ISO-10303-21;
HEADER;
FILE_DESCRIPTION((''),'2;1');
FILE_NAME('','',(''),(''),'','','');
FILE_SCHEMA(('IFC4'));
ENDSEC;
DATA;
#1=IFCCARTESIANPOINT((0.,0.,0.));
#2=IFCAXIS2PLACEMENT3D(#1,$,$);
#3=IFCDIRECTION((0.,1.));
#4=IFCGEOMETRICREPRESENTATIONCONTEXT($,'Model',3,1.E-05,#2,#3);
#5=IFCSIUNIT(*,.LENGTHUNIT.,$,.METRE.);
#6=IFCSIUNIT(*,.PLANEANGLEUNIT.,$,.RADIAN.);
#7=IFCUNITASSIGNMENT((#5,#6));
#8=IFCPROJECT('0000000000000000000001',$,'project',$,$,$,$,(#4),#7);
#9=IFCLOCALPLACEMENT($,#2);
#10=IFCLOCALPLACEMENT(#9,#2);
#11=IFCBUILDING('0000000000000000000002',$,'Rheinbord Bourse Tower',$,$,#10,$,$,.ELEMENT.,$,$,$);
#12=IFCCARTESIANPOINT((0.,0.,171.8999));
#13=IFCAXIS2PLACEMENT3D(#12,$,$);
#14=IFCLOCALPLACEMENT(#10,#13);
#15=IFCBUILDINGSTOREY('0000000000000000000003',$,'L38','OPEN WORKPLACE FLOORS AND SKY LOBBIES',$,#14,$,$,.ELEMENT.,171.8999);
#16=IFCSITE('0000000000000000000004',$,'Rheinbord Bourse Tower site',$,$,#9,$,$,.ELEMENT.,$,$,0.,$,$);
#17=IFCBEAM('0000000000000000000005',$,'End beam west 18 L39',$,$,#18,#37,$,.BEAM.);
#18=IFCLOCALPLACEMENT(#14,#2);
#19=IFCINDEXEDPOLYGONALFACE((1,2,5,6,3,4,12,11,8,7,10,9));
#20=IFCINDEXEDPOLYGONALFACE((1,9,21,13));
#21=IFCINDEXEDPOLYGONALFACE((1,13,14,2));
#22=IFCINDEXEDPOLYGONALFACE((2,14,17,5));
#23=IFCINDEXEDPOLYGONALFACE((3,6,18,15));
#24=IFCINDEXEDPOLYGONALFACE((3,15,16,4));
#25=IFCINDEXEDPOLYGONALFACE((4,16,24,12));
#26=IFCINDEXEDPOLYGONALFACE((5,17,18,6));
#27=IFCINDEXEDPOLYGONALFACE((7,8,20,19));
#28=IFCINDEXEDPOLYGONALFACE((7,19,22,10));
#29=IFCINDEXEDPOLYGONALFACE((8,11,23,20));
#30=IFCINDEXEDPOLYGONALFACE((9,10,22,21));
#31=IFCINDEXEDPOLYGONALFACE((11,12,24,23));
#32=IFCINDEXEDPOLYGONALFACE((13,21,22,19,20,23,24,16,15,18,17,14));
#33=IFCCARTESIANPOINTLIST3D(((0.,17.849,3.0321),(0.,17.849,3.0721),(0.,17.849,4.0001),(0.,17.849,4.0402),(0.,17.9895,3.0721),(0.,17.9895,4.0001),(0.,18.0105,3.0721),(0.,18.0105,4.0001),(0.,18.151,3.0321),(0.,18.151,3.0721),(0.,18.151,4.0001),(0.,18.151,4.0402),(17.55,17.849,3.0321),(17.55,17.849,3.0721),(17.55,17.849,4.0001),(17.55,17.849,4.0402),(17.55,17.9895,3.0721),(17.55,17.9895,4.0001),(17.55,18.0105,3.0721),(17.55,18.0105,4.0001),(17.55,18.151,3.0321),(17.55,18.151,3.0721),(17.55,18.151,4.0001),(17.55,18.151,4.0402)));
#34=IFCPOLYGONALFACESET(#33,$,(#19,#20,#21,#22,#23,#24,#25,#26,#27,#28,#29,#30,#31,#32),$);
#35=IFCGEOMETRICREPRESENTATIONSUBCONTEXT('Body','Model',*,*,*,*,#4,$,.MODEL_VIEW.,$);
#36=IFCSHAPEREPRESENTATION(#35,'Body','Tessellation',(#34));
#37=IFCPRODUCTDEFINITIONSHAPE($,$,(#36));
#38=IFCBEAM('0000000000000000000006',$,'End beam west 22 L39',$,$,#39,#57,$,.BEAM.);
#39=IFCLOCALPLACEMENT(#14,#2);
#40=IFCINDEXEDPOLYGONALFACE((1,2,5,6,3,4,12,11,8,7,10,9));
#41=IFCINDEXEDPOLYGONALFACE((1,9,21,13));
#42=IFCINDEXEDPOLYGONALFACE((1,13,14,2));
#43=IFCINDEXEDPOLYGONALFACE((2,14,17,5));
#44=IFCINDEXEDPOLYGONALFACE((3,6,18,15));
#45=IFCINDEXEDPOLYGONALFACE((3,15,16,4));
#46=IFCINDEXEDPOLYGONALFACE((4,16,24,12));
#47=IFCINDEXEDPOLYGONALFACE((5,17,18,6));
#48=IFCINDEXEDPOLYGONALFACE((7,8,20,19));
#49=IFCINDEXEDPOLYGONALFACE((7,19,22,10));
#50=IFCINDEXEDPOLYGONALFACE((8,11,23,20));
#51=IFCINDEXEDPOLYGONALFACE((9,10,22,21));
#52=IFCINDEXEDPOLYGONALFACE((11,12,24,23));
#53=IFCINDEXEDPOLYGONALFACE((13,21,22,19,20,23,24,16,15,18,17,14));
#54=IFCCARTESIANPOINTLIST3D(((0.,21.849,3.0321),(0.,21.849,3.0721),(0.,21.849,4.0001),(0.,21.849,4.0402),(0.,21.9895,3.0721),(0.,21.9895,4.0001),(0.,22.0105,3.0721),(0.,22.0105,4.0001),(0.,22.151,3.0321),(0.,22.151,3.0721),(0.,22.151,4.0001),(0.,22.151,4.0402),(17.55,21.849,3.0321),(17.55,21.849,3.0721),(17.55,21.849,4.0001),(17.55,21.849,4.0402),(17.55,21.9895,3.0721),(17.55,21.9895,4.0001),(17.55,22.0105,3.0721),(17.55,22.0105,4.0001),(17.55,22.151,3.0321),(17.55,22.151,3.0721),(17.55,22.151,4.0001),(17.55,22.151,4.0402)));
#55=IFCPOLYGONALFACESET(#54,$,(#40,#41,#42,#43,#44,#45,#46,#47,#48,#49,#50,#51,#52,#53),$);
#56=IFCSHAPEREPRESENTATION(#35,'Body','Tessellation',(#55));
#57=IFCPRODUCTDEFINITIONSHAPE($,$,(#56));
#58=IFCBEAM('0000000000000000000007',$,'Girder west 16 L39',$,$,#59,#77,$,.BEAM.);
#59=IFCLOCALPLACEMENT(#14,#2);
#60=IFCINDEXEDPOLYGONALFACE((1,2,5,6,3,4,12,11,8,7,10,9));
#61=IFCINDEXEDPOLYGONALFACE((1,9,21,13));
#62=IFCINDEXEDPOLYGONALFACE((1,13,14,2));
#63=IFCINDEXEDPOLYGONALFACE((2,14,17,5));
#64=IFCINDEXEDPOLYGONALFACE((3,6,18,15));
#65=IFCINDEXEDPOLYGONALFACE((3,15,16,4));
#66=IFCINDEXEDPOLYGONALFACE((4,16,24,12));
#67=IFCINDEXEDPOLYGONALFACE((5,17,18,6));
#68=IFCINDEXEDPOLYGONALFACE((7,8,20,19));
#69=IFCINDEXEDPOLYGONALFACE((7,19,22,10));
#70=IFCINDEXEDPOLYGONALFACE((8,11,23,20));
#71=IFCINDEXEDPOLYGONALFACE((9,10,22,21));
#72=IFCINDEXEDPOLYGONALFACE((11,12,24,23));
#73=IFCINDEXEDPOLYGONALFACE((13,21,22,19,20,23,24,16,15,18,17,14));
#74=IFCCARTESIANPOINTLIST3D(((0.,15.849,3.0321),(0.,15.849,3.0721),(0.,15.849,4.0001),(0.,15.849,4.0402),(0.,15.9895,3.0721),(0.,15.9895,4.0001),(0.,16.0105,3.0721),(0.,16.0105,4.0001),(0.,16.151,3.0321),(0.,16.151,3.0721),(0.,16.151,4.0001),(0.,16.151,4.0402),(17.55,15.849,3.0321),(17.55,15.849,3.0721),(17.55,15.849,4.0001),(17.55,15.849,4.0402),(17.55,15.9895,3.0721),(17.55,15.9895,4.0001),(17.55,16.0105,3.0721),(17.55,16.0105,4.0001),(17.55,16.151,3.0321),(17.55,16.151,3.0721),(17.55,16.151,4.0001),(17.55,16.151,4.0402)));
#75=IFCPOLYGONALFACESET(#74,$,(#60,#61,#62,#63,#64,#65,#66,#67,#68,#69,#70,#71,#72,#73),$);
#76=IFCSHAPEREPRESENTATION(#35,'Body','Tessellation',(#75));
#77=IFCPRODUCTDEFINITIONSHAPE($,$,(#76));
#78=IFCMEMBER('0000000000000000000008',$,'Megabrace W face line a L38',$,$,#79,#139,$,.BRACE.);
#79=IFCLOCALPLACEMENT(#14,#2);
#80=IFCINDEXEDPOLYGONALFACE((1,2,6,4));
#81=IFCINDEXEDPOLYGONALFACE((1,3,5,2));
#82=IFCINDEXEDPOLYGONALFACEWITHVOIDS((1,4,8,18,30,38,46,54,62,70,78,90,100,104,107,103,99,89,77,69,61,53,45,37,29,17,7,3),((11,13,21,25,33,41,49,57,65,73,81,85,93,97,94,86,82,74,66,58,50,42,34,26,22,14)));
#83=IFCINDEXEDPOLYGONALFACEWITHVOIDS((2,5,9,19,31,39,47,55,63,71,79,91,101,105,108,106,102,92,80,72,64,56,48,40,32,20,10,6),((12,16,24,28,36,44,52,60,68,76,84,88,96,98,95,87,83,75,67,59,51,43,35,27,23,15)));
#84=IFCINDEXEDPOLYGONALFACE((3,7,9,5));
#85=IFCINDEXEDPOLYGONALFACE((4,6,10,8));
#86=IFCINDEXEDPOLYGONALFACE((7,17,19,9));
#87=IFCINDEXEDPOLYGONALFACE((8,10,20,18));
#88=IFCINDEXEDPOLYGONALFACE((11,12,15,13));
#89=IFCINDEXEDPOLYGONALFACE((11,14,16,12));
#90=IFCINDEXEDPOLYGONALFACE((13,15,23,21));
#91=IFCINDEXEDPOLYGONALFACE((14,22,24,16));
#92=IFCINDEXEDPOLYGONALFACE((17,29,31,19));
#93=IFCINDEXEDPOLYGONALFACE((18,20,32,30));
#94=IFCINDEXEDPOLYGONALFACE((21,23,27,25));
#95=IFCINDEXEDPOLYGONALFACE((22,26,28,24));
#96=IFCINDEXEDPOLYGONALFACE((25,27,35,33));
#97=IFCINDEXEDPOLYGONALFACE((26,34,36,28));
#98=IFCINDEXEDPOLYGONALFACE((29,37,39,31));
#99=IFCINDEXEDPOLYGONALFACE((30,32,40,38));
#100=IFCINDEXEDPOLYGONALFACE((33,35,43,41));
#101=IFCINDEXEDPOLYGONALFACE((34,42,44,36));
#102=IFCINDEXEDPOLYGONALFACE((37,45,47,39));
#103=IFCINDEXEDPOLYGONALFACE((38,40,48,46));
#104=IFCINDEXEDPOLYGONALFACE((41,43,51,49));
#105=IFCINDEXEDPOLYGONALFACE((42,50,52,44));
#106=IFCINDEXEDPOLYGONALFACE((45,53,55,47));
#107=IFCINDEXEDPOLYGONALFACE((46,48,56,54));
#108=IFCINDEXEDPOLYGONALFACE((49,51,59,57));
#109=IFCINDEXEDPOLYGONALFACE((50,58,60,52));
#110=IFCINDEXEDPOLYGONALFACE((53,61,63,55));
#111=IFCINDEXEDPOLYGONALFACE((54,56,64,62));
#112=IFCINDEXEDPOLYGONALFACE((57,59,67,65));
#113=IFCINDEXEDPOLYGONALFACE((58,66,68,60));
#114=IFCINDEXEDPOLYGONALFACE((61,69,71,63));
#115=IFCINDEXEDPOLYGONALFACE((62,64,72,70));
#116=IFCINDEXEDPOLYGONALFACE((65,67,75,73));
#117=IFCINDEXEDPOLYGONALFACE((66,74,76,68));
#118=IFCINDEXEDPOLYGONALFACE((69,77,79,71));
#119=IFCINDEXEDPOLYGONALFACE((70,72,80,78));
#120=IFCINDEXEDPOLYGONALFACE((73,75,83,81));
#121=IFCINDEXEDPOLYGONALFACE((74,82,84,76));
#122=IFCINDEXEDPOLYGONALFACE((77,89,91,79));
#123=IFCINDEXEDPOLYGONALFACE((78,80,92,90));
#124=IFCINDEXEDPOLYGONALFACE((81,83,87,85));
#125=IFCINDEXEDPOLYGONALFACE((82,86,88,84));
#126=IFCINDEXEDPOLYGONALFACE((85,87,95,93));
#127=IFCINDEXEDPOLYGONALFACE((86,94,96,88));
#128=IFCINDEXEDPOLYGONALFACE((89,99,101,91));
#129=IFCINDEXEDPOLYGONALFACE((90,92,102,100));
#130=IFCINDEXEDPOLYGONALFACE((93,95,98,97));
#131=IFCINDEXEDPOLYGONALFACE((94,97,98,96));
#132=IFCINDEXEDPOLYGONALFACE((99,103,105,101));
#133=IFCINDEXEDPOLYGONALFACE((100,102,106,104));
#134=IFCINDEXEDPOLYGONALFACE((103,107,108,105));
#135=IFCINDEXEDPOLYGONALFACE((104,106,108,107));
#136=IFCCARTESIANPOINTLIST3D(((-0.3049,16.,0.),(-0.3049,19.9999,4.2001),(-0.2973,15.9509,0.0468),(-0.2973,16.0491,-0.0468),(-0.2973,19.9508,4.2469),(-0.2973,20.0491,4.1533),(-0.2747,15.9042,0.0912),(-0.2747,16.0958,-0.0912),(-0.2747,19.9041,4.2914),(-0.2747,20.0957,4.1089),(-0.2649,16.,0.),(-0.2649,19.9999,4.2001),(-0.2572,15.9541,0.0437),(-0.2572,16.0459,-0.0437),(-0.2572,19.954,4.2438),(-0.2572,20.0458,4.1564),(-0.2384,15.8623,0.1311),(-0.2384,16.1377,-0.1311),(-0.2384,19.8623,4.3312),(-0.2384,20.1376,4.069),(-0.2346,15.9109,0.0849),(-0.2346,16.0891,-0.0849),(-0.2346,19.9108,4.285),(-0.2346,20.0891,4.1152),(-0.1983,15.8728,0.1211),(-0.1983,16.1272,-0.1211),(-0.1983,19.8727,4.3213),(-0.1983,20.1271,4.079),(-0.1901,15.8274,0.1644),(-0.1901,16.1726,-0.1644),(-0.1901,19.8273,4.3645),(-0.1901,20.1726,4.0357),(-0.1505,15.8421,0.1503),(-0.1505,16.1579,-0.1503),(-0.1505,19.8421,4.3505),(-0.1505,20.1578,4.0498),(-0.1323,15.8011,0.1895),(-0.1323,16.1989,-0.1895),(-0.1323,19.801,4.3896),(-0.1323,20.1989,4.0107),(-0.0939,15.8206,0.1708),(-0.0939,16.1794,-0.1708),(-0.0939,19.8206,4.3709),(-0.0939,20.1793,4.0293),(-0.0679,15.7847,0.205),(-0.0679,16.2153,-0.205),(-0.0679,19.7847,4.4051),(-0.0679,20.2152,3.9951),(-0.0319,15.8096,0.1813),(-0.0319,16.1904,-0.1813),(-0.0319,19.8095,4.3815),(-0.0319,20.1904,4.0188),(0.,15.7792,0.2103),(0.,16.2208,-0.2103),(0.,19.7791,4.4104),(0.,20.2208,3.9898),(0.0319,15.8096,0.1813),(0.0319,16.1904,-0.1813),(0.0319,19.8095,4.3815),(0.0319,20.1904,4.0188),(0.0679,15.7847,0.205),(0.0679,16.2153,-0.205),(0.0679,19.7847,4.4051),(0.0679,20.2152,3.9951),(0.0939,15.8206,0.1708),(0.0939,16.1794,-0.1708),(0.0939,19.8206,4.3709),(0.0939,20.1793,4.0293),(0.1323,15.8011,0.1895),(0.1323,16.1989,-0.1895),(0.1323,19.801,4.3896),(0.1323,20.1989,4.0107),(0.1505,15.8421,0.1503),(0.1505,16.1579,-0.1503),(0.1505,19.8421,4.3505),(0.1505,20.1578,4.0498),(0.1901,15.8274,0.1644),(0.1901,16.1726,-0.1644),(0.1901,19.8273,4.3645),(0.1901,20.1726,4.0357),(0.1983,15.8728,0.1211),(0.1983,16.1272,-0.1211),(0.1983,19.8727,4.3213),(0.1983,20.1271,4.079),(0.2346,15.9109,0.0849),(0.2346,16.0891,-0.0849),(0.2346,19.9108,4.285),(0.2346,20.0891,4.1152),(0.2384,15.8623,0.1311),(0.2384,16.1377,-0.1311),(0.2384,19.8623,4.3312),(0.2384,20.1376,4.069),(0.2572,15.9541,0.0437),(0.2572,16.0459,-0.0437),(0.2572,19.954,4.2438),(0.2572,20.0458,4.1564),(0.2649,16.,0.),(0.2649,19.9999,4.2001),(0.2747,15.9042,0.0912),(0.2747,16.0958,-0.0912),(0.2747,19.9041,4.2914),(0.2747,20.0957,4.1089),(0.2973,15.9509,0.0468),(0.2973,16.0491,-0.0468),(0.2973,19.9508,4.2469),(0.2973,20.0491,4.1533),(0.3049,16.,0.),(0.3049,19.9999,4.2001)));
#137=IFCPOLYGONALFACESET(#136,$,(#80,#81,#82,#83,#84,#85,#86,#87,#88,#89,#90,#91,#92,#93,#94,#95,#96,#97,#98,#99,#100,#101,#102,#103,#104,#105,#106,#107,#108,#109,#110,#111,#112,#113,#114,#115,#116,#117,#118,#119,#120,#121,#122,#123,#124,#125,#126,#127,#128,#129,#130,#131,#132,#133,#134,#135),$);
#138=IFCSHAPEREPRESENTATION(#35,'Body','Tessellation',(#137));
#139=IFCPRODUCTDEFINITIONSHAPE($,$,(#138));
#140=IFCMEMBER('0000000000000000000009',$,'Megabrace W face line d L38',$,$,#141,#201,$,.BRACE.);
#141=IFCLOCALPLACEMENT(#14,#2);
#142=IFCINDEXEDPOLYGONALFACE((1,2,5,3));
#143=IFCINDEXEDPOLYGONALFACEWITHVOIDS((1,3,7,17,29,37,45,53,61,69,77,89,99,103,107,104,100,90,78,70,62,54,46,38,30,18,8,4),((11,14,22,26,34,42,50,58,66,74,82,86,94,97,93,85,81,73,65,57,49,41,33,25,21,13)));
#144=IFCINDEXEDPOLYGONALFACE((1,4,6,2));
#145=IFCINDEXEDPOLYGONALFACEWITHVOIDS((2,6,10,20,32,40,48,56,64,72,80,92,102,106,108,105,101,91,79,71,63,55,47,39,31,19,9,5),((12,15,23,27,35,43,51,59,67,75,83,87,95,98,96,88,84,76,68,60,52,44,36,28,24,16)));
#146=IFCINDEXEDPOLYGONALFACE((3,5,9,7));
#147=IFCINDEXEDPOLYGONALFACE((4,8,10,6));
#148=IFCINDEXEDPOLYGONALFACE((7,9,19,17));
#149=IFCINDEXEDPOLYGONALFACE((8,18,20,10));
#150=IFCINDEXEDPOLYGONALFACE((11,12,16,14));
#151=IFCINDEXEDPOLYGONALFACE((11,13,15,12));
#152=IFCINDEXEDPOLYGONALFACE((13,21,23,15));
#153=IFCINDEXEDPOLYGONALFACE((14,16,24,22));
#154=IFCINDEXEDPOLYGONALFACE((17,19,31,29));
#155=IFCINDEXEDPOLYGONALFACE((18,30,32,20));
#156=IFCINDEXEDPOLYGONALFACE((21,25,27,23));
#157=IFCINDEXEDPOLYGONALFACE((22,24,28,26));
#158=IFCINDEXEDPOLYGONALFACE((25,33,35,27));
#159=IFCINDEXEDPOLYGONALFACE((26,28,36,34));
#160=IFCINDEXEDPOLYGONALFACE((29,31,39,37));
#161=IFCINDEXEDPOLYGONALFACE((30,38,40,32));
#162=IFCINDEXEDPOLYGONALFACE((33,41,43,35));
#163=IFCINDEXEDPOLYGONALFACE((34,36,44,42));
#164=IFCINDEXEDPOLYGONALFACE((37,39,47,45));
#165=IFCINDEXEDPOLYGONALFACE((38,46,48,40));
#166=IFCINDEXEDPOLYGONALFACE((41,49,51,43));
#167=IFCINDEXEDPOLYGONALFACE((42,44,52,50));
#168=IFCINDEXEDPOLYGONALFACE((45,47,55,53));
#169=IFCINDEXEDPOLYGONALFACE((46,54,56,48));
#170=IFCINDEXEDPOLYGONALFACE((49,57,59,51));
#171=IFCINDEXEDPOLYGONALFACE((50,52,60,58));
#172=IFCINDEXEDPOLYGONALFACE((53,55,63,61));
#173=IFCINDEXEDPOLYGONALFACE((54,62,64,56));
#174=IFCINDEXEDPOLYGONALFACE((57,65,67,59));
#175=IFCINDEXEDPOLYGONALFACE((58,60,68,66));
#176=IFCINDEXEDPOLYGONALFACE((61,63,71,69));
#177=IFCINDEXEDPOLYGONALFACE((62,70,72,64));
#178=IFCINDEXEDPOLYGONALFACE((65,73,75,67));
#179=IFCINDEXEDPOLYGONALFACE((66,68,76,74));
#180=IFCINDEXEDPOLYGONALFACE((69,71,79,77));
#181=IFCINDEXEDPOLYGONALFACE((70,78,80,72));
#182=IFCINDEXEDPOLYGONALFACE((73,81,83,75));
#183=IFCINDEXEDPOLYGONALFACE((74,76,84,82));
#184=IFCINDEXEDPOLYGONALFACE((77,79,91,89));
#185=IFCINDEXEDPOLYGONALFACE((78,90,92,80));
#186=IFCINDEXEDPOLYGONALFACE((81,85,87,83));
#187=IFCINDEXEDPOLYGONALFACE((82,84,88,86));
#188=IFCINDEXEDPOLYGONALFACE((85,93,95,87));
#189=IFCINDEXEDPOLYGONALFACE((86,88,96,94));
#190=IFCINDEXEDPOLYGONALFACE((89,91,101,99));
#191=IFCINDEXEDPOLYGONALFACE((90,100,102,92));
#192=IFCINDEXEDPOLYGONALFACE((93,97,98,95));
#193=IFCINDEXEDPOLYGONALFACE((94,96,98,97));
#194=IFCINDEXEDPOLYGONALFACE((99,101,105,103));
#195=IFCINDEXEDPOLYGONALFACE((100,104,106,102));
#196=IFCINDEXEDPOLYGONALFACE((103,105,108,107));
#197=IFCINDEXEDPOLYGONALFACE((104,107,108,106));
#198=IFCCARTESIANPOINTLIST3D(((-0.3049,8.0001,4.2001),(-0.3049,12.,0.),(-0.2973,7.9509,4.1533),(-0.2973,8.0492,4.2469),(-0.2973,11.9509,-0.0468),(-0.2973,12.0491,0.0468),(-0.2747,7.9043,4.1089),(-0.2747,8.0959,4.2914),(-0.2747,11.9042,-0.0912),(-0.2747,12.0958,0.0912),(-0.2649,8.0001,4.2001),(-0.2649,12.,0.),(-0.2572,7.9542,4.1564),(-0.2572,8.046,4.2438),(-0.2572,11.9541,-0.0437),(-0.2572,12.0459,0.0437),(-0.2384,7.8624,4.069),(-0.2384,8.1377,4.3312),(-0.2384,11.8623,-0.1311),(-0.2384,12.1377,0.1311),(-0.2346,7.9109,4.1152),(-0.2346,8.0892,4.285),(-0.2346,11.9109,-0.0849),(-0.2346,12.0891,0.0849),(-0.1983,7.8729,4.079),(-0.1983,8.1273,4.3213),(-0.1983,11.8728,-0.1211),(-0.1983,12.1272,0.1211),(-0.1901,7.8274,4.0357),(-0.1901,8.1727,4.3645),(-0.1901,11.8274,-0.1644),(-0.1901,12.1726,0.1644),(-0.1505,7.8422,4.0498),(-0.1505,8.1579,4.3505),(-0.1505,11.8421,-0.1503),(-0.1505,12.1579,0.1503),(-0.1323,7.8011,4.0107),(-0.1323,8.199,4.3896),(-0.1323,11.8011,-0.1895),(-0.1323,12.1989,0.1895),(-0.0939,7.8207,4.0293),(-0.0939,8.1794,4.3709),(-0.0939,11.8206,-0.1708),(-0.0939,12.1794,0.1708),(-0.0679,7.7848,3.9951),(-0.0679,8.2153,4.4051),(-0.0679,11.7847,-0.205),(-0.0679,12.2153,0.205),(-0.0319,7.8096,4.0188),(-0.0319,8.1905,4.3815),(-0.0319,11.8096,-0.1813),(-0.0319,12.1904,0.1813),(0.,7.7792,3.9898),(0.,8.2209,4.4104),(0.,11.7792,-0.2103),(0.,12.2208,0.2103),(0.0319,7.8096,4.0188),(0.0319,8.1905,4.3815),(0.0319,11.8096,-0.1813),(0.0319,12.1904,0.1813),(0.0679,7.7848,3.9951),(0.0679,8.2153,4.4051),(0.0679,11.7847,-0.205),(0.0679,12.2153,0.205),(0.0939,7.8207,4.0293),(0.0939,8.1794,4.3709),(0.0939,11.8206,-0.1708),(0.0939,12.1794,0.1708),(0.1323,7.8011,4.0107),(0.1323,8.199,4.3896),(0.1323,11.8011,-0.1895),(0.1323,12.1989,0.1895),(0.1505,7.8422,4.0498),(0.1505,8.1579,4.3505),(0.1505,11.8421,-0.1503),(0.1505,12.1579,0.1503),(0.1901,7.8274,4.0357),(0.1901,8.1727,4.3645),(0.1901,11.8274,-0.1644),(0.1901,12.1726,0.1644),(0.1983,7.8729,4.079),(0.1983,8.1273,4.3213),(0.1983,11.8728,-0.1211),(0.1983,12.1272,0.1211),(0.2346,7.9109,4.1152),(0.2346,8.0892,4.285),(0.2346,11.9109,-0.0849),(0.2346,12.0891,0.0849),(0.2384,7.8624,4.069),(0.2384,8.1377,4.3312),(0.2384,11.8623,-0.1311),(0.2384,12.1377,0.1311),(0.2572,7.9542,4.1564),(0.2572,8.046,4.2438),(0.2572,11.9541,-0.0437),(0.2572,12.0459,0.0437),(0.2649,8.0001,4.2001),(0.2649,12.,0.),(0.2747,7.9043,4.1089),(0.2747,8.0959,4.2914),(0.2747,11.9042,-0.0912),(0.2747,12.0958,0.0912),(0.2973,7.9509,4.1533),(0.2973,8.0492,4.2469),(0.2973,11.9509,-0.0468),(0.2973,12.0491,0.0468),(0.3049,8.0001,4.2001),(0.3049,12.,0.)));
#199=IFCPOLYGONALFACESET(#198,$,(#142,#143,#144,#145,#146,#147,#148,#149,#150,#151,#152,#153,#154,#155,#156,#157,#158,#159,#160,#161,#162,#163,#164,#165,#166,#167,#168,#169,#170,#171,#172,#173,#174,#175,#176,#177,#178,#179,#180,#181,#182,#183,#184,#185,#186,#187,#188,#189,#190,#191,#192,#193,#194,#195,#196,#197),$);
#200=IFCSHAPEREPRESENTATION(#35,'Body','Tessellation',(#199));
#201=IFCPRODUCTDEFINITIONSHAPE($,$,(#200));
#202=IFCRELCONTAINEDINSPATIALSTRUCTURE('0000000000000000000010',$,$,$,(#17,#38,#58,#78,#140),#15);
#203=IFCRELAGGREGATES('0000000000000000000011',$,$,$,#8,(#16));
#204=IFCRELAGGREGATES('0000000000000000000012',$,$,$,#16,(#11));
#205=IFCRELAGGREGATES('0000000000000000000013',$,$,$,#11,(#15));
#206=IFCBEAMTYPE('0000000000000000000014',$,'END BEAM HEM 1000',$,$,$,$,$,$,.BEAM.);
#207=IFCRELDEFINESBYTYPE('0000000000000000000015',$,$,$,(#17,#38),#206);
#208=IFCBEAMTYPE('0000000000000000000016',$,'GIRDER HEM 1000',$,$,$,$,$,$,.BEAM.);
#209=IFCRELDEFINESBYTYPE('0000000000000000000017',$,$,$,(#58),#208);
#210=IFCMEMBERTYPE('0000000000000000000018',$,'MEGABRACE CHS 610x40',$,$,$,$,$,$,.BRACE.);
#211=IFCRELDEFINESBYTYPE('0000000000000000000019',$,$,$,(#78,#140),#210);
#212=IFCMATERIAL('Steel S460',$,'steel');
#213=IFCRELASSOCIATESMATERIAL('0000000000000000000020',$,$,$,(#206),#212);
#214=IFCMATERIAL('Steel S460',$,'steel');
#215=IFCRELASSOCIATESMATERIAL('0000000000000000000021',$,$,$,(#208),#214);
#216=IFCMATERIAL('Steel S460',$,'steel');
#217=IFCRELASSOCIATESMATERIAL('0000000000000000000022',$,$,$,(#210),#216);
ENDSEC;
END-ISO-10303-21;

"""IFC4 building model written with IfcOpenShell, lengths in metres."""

from ifc_helpers import new_model, si_unit, direction, frame, origin, origin_2d, place, context, subcontext, project, spatial, hollow_circle, i_section, extrude, material, material_profile, profile_set, type_object, element, save


model = new_model("IFC4")

# Units and contexts
model_context = context("Model", 3, precision=1e-05, world=origin(), true_north=direction((0.0, 1.0)))
body_context = subcontext(model_context, "Body", "Model", "MODEL_VIEW")
ifc_project = project(units=[si_unit("LENGTHUNIT", "METRE"), si_unit("PLANEANGLEUNIT", "RADIAN")], contexts=[model_context])

# Site, building, storey
site_placement = place(None, origin())
site = spatial("IfcSite", under=ifc_project, at=site_placement, Name="Rheinbord Bourse Tower site", CompositionType="ELEMENT", RefElevation=0.0)
building_placement = place(site_placement, origin())
building = spatial("IfcBuilding", under=site, at=building_placement, Name="Rheinbord Bourse Tower", CompositionType="ELEMENT")
storey_placement = place(building_placement, frame((0.0, 0.0, 171.8999)))
storey = spatial("IfcBuildingStorey", under=building, at=storey_placement, Name="L38", Description="OPEN WORKPLACE FLOORS AND SKY LOBBIES", CompositionType="ELEMENT", Elevation=171.8999)

# Beams
ifc_material_1 = material(Name="Steel S460", Category="steel")
ifc_material_profile_1 = material_profile(ifc_material_1, i_section(OverallWidth=0.302, OverallDepth=1.0081, WebThickness=0.021, FlangeThickness=0.04, at=origin_2d()), Name="HEM 1000")
ifc_profile_set_1 = profile_set([ifc_material_profile_1], Name="Steel S460")
beam_type_1 = type_object("IfcBeamType", Name="END BEAM HEM 1000", PredefinedType="BEAM", material=ifc_profile_set_1)
for number, where, z_axis, x_axis, name in (
    (1, (0.0, 18.0, 3.5361), (1.0, 0.0, 0.0), (0.0, 1.0, 0.0), "End beam west 18 L39"),
    (2, (0.0, 22.0, 3.5361), (1.0, 0.0, 0.0), (0.0, 1.0, 0.0), "End beam west 22 L39"),
):
    element("IfcBeam", number, at=place(storey_placement, frame(where, z_axis=z_axis, x_axis=x_axis)), inside=storey, type_object=beam_type_1, Name=name, PredefinedType="BEAM", context=body_context, shape_type="SweptSolid", body=[
        extrude(i_section(OverallWidth=0.302, OverallDepth=1.0081, WebThickness=0.021, FlangeThickness=0.04, at=origin_2d()), origin(), (0.0, 0.0, 1.0), 17.55),
    ])
ifc_material_2 = material(Name="Steel S460", Category="steel")
ifc_material_profile_2 = material_profile(ifc_material_2, i_section(OverallWidth=0.302, OverallDepth=1.0081, WebThickness=0.021, FlangeThickness=0.04, at=origin_2d()), Name="HEM 1000")
ifc_profile_set_2 = profile_set([ifc_material_profile_2], Name="Steel S460")
beam_type_2 = type_object("IfcBeamType", Name="GIRDER HEM 1000", PredefinedType="BEAM", material=ifc_profile_set_2)
beam_placement = place(storey_placement, frame((0.0, 16.0, 3.5361), z_axis=(1.0, 0.0, 0.0), x_axis=(0.0, 1.0, 0.0)))
element("IfcBeam", 3, at=beam_placement, inside=storey, type_object=beam_type_2, Name="Girder west 16 L39", PredefinedType="BEAM", context=body_context, shape_type="SweptSolid", body=[
    extrude(i_section(OverallWidth=0.302, OverallDepth=1.0081, WebThickness=0.021, FlangeThickness=0.04, at=origin_2d()), origin(), (0.0, 0.0, 1.0), 17.55),
])

# Members
ifc_material_3 = material(Name="Steel S460", Category="steel")
ifc_material_profile_3 = material_profile(ifc_material_3, hollow_circle(Radius=0.3049, WallThickness=0.04, at=origin_2d()), Name="CHS 610x40")
ifc_profile_set_3 = profile_set([ifc_material_profile_3], Name="Steel S460")
member_type_1 = type_object("IfcMemberType", Name="MEGABRACE CHS 610x40", PredefinedType="BRACE", material=ifc_profile_set_3)
for number, where, z_axis, x_axis, name in (
    (4, (0.0, 16.0, 0.0), (0.0, 0.689638, 0.724154), (-1.0, 0.0, 0.0), "Megabrace W face line a L38"),
    (5, (0.0, 12.0, 0.0), (0.0, -0.689638, 0.724154), (1.0, 0.0, 0.0), "Megabrace W face line d L38"),
):
    element("IfcMember", number, at=place(storey_placement, frame(where, z_axis=z_axis, x_axis=x_axis)), inside=storey, type_object=member_type_1, Name=name, PredefinedType="BRACE", context=body_context, shape_type="SweptSolid", body=[
        extrude(hollow_circle(Radius=0.3049, WallThickness=0.04, at=origin_2d()), origin(), (0.0, 0.0, 1.0), 5.8),
    ])

save(model, "model.ifc")
